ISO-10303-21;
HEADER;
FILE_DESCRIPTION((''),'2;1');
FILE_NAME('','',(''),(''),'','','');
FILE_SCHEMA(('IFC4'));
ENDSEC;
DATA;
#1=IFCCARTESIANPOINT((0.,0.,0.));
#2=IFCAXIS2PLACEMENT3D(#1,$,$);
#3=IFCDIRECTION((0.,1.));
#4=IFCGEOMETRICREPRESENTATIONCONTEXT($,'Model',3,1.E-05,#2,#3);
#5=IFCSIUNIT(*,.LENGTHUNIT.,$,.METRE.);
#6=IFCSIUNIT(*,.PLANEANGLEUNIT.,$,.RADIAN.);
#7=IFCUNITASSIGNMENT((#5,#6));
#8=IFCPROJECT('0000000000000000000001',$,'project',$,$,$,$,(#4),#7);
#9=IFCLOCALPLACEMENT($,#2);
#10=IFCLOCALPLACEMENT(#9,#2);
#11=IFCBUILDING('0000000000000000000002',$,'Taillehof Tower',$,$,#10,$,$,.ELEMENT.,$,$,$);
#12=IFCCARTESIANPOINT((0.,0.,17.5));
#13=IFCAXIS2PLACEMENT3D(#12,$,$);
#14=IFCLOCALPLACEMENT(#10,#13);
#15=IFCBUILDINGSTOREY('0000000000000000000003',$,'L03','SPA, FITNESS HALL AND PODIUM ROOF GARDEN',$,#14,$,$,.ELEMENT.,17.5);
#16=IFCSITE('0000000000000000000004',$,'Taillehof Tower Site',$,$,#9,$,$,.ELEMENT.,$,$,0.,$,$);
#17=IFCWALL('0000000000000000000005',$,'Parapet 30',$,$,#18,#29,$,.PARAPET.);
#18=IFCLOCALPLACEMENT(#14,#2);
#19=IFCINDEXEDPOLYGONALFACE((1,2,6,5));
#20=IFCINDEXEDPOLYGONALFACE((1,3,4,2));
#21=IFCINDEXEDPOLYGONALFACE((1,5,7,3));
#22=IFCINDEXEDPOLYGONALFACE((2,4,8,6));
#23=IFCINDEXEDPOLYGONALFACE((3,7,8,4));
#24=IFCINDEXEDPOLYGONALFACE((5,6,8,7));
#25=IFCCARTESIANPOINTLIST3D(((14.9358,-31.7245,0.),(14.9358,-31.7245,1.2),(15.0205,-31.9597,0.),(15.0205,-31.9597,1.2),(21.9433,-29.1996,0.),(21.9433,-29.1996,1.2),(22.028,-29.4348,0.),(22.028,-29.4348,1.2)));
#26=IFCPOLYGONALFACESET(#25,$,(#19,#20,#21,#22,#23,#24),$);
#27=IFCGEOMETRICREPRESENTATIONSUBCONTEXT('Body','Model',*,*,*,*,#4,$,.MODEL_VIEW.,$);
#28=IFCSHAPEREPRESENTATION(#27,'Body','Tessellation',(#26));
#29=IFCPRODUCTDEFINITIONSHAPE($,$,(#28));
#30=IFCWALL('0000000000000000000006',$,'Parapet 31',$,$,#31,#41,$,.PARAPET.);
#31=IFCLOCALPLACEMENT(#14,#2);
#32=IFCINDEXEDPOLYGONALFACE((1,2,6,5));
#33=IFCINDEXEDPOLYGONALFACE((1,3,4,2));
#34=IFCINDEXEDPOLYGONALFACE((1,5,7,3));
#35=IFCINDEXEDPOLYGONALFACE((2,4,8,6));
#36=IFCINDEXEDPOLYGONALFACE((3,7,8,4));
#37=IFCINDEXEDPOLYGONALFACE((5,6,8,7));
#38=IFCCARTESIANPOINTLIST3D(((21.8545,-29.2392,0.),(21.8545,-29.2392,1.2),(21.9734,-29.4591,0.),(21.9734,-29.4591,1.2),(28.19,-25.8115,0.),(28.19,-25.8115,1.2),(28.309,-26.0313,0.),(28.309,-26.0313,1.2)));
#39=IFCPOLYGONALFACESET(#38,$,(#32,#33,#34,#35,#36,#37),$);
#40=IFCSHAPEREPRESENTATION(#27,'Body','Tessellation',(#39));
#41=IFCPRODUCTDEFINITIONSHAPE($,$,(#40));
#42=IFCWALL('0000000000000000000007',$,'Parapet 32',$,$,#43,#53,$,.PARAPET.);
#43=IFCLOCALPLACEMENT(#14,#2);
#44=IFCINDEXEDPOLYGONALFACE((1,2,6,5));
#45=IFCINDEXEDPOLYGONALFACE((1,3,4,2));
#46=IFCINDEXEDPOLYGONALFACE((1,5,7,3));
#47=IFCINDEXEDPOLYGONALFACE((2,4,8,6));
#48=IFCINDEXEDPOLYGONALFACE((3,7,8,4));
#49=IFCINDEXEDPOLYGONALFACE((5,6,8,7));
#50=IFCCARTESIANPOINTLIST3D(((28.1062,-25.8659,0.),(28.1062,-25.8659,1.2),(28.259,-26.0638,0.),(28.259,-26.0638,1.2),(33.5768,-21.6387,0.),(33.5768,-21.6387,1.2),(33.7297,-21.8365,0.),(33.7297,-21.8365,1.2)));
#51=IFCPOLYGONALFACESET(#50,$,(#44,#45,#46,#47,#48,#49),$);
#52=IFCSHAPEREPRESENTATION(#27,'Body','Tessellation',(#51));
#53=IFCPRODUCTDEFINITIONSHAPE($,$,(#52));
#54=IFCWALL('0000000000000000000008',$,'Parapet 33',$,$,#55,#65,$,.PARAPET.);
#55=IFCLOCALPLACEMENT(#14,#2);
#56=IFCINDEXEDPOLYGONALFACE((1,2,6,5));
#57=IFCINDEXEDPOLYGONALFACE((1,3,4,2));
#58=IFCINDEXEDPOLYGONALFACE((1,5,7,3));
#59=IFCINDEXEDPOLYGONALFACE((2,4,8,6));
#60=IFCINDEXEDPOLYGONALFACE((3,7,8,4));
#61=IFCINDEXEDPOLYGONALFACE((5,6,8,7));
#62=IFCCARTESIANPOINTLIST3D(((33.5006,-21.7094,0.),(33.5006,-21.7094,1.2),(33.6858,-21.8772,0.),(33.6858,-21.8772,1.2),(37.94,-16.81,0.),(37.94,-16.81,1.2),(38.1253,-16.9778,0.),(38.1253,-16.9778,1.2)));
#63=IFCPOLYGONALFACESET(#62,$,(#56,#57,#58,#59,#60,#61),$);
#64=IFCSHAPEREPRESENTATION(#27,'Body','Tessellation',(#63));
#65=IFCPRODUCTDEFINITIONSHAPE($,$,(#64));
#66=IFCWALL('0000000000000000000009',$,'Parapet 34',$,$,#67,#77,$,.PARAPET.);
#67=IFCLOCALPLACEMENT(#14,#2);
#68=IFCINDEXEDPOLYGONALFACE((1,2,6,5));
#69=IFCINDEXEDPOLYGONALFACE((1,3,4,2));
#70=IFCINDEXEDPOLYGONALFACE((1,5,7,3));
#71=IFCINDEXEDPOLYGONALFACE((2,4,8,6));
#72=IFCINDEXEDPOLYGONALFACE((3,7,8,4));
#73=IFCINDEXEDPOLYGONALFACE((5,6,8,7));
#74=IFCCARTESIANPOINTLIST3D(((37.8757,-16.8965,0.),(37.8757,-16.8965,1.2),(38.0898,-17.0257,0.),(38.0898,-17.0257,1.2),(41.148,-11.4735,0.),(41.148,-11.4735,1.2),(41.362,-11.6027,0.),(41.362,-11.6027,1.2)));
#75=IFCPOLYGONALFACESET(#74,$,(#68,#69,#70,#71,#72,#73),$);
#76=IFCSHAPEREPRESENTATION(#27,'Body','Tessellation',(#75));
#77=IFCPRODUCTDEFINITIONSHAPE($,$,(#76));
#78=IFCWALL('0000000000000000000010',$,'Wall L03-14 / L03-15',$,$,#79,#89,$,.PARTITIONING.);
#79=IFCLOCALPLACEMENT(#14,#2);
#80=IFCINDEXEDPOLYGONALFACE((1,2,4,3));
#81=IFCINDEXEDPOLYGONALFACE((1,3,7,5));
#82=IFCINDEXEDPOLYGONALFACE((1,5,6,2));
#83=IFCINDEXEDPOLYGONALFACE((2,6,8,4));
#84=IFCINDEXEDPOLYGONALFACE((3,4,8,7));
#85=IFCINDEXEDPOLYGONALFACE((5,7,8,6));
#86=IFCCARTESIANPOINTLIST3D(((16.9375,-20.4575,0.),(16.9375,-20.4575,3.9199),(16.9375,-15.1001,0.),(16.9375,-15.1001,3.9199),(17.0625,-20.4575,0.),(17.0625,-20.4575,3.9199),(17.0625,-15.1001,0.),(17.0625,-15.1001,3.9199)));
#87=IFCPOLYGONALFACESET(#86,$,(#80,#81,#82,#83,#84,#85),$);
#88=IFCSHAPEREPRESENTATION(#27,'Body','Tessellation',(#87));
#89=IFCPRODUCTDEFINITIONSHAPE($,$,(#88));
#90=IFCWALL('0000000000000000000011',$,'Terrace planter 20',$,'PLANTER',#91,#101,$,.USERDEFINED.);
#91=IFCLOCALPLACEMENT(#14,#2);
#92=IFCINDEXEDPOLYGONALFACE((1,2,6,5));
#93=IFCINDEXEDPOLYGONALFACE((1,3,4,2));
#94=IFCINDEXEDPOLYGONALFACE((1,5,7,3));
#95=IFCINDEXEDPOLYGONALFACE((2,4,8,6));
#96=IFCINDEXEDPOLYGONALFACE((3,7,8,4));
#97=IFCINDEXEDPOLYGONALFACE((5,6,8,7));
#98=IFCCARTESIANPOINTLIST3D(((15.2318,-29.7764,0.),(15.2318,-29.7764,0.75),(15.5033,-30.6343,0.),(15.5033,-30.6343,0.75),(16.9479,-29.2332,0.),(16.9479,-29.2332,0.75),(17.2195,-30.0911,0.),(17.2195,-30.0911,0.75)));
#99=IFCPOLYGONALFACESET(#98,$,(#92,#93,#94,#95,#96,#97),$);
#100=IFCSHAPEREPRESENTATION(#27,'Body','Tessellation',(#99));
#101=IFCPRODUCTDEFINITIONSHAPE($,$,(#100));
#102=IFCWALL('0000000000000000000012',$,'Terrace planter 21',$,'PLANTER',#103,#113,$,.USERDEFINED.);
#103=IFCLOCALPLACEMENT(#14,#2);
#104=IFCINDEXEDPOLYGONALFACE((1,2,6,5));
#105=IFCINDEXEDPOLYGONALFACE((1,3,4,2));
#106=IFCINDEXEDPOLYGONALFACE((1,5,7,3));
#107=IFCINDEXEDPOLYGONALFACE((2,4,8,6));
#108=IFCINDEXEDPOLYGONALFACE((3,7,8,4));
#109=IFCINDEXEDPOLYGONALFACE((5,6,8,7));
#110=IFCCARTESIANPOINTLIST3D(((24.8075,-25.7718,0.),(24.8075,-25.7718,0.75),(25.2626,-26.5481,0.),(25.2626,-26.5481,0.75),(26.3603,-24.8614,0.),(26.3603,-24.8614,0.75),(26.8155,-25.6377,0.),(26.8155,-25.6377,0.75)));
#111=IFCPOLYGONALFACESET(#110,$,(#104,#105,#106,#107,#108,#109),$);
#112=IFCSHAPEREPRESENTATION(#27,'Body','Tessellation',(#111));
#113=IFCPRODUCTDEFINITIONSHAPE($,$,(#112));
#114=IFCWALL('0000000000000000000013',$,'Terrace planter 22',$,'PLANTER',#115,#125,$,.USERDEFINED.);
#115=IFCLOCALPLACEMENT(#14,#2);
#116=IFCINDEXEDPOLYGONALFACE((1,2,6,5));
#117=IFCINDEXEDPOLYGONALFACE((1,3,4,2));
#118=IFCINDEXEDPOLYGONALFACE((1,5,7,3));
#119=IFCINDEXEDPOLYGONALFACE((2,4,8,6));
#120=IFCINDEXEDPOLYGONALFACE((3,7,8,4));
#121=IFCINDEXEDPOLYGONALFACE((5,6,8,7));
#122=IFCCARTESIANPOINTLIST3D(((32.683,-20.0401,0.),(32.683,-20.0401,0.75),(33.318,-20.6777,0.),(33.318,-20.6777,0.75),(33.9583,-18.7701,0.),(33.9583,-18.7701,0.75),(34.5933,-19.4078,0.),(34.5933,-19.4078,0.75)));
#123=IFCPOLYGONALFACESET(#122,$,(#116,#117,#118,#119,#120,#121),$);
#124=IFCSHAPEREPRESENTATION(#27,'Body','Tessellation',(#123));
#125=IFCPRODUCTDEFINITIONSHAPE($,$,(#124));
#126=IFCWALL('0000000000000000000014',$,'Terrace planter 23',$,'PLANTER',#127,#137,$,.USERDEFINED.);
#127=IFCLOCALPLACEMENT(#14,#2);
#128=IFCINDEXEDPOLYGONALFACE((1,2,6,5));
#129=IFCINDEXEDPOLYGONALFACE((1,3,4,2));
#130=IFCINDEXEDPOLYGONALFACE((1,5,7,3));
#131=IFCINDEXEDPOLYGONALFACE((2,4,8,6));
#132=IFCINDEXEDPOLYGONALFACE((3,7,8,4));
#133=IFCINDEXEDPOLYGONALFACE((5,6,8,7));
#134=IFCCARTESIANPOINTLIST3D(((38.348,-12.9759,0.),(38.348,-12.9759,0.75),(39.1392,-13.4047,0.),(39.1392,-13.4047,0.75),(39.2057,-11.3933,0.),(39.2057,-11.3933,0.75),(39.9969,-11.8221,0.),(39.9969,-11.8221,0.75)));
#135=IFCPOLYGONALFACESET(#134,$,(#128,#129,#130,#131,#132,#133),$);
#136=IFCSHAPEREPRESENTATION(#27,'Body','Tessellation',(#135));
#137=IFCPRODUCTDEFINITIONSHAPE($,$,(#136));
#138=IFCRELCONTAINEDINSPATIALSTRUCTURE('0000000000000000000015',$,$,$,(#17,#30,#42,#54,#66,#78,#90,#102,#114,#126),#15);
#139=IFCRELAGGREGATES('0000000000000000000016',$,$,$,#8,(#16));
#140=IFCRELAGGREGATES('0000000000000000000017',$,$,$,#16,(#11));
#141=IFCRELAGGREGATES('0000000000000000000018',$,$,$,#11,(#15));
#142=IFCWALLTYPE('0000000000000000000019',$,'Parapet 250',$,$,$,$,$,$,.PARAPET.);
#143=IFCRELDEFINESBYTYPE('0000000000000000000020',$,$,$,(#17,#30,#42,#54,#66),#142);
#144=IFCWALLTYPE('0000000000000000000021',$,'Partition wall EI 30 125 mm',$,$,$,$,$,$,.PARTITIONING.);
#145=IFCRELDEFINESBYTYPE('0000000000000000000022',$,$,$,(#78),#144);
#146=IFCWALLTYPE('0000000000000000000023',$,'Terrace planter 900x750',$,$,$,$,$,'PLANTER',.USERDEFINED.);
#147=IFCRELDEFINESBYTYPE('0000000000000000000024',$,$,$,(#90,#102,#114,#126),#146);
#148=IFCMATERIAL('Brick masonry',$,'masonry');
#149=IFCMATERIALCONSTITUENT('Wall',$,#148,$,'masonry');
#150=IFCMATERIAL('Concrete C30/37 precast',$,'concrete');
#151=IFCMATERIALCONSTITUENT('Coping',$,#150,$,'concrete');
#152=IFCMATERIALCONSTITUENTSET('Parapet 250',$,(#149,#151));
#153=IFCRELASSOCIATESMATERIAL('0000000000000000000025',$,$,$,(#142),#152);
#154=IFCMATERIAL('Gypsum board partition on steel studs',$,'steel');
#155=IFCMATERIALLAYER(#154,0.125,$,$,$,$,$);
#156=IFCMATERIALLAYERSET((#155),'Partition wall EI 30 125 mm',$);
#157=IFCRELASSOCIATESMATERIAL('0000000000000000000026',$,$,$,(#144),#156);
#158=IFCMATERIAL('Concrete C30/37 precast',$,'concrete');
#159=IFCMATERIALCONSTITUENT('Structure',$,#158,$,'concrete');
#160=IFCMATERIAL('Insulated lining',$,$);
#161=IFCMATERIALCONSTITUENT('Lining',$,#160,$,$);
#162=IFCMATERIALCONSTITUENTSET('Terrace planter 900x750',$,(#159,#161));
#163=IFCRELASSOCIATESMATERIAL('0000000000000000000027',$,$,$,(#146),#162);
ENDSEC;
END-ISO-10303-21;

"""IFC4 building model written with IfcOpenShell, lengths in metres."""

from ifc_helpers import new_model, si_unit, direction, frame, frame_2d, origin, place, context, subcontext, project, spatial, rectangle, extrude, material, layer, layer_set, constituent, constituent_set, type_object, element, save


model = new_model("IFC4")

# Units and contexts
model_context = context("Model", 3, precision=1e-05, world=origin(), true_north=direction((0.0, 1.0)))
body_context = subcontext(model_context, "Body", "Model", "MODEL_VIEW")
ifc_project = project(units=[si_unit("LENGTHUNIT", "METRE"), si_unit("PLANEANGLEUNIT", "RADIAN")], contexts=[model_context])

# Site, building, storey
site_placement = place(None, origin())
site = spatial("IfcSite", under=ifc_project, at=site_placement, Name="Taillehof Tower Site", CompositionType="ELEMENT", RefElevation=0.0)
building_placement = place(site_placement, origin())
building = spatial("IfcBuilding", under=site, at=building_placement, Name="Taillehof Tower", CompositionType="ELEMENT")
storey_placement = place(building_placement, frame((0.0, 0.0, 17.5)))
storey = spatial("IfcBuildingStorey", under=building, at=storey_placement, Name="L03", Description="SPA, FITNESS HALL AND PODIUM ROOF GARDEN", CompositionType="ELEMENT", Elevation=17.5)

# Walls
ifc_material_1 = material(Name="Brick masonry", Category="masonry")
ifc_constituent_1 = constituent(ifc_material_1, Name="Wall", Category="masonry")
ifc_material_2 = material(Name="Concrete C30/37 precast", Category="concrete")
ifc_constituent_2 = constituent(ifc_material_2, Name="Coping", Category="concrete")
ifc_constituent_set_1 = constituent_set(constituents=[ifc_constituent_1, ifc_constituent_2], Name="Parapet 250")
wall_type_1 = type_object("IfcWallType", Name="Parapet 250", PredefinedType="PARAPET", material=ifc_constituent_set_1)
wall_1_placement = place(storey_placement, frame((14.9783, -31.842, 0.0), z_axis=(0.0, 0.0, 1.0), x_axis=(0.940794, 0.338978, 0.0)))
element("IfcWall", 1, at=wall_1_placement, inside=storey, type_object=wall_type_1, Name="Parapet 30", PredefinedType="PARAPET", context=body_context, shape_type="SweptSolid", body=[
    extrude(rectangle(XDim=7.4485, YDim=0.25, at=frame_2d((3.7241, 0.0))), origin(), (0.0, 0.0, 1.0), 1.2),
])
wall_2_placement = place(storey_placement, frame((21.9141, -29.3491, 0.0), z_axis=(0.0, 0.0, 1.0), x_axis=(0.879523, 0.475857, 0.0)))
element("IfcWall", 2, at=wall_2_placement, inside=storey, type_object=wall_type_1, Name="Parapet 31", PredefinedType="PARAPET", context=body_context, shape_type="SweptSolid", body=[
    extrude(rectangle(XDim=7.2034, YDim=0.25, at=frame_2d((3.6016, 0.0))), origin(), (0.0, 0.0, 1.0), 1.2),
])
wall_3_placement = place(storey_placement, frame((28.1826, -25.9648, 0.0), z_axis=(0.0, 0.0, 1.0), x_axis=(0.79129, 0.611441, 0.0)))
element("IfcWall", 3, at=wall_3_placement, inside=storey, type_object=wall_type_1, Name="Parapet 32", PredefinedType="PARAPET", context=body_context, shape_type="SweptSolid", body=[
    extrude(rectangle(XDim=6.9136, YDim=0.25, at=frame_2d((3.4568, 0.0))), origin(), (0.0, 0.0, 1.0), 1.2),
])
wall_4_placement = place(storey_placement, frame((33.5933, -21.7932, 0.0), z_axis=(0.0, 0.0, 1.0), x_axis=(0.671466, 0.741035, 0.0)))
element("IfcWall", 4, at=wall_4_placement, inside=storey, type_object=wall_type_1, Name="Parapet 33", PredefinedType="PARAPET", context=body_context, shape_type="SweptSolid", body=[
    extrude(rectangle(XDim=6.6116, YDim=0.25, at=frame_2d((3.3057, 0.0))), origin(), (0.0, 0.0, 1.0), 1.2),
])
wall_5_placement = place(storey_placement, frame((37.9827, -16.9612, 0.0), z_axis=(0.0, 0.0, 1.0), x_axis=(0.516643, 0.856201, 0.0)))
element("IfcWall", 5, at=wall_5_placement, inside=storey, type_object=wall_type_1, Name="Parapet 34", PredefinedType="PARAPET", context=body_context, shape_type="SweptSolid", body=[
    extrude(rectangle(XDim=6.3337, YDim=0.25, at=frame_2d((3.167, 0.0))), origin(), (0.0, 0.0, 1.0), 1.2),
])
ifc_material_3 = material(Name="Gypsum board partition on steel studs", Category="steel")
ifc_layer_1 = layer(ifc_material_3, 0.125)
ifc_layer_set_1 = layer_set([ifc_layer_1], Name="Partition wall EI 30 125 mm")
wall_type_2 = type_object("IfcWallType", Name="Partition wall EI 30 125 mm", PredefinedType="PARTITIONING", material=ifc_layer_set_1)
wall_6_placement = place(storey_placement, frame((17.0, -20.4575, 0.0), z_axis=(0.0, 0.0, 1.0), x_axis=(0.0, 1.0, 0.0)))
element("IfcWall", 6, at=wall_6_placement, inside=storey, type_object=wall_type_2, Name="Wall L03-14 / L03-15", PredefinedType="PARTITIONING", context=body_context, shape_type="SweptSolid", body=[
    extrude(rectangle(XDim=5.3574, YDim=0.125, at=frame_2d((2.6787, 0.0))), origin(), (0.0, 0.0, 1.0), 3.9199),
])
ifc_material_4 = material(Name="Concrete C30/37 precast", Category="concrete")
ifc_constituent_3 = constituent(ifc_material_4, Name="Structure", Category="concrete")
ifc_material_5 = material(Name="Insulated lining")
ifc_constituent_4 = constituent(ifc_material_5, Name="Lining")
ifc_constituent_set_2 = constituent_set(constituents=[ifc_constituent_3, ifc_constituent_4], Name="Terrace planter 900x750")
wall_type_3 = type_object("IfcWallType", Name="Terrace planter 900x750", ElementType="PLANTER", PredefinedType="USERDEFINED", material=ifc_constituent_set_2)
for number, where, z_axis, x_axis, name in (
    (7, (15.3677, -30.2053, 0.0), (0.0, 0.0, 1.0), (0.953375, 0.301787, 0.0), "Terrace planter 20"),
    (8, (25.0352, -26.1599, 0.0), (0.0, 0.0, 1.0), (0.862655, 0.505793, 0.0), "Terrace planter 21"),
):
    element("IfcWall", number, at=place(storey_placement, frame(where, z_axis=z_axis, x_axis=x_axis)), inside=storey, type_object=wall_type_3, Name=name, ObjectType="PLANTER", PredefinedType="USERDEFINED", context=body_context, shape_type="SweptSolid", body=[
        extrude(rectangle(XDim=1.8, YDim=0.8999, at=frame_2d((0.8999, 0.0))), origin(), (0.0, 0.0, 1.0), 0.75),
    ])
wall_7_placement = place(storey_placement, frame((33.0005, -20.3589, 0.0), z_axis=(0.0, 0.0, 1.0), x_axis=(0.708597, 0.705613, 0.0)))
element("IfcWall", 9, at=wall_7_placement, inside=storey, type_object=wall_type_3, Name="Terrace planter 22", ObjectType="PLANTER", PredefinedType="USERDEFINED", context=body_context, shape_type="SweptSolid", body=[
    extrude(rectangle(XDim=1.7998, YDim=0.8999, at=frame_2d((0.8999, 0.0))), origin(), (0.0, 0.0, 1.0), 0.75),
])
wall_8_placement = place(storey_placement, frame((38.7437, -13.1902, 0.0), z_axis=(0.0, 0.0, 1.0), x_axis=(0.476484, 0.879183, 0.0)))
element("IfcWall", 10, at=wall_8_placement, inside=storey, type_object=wall_type_3, Name="Terrace planter 23", ObjectType="PLANTER", PredefinedType="USERDEFINED", context=body_context, shape_type="SweptSolid", body=[
    extrude(rectangle(XDim=1.8, YDim=0.8999, at=frame_2d((0.8999, 0.0))), origin(), (0.0, 0.0, 1.0), 0.75),
])

save(model, "model.ifc")
